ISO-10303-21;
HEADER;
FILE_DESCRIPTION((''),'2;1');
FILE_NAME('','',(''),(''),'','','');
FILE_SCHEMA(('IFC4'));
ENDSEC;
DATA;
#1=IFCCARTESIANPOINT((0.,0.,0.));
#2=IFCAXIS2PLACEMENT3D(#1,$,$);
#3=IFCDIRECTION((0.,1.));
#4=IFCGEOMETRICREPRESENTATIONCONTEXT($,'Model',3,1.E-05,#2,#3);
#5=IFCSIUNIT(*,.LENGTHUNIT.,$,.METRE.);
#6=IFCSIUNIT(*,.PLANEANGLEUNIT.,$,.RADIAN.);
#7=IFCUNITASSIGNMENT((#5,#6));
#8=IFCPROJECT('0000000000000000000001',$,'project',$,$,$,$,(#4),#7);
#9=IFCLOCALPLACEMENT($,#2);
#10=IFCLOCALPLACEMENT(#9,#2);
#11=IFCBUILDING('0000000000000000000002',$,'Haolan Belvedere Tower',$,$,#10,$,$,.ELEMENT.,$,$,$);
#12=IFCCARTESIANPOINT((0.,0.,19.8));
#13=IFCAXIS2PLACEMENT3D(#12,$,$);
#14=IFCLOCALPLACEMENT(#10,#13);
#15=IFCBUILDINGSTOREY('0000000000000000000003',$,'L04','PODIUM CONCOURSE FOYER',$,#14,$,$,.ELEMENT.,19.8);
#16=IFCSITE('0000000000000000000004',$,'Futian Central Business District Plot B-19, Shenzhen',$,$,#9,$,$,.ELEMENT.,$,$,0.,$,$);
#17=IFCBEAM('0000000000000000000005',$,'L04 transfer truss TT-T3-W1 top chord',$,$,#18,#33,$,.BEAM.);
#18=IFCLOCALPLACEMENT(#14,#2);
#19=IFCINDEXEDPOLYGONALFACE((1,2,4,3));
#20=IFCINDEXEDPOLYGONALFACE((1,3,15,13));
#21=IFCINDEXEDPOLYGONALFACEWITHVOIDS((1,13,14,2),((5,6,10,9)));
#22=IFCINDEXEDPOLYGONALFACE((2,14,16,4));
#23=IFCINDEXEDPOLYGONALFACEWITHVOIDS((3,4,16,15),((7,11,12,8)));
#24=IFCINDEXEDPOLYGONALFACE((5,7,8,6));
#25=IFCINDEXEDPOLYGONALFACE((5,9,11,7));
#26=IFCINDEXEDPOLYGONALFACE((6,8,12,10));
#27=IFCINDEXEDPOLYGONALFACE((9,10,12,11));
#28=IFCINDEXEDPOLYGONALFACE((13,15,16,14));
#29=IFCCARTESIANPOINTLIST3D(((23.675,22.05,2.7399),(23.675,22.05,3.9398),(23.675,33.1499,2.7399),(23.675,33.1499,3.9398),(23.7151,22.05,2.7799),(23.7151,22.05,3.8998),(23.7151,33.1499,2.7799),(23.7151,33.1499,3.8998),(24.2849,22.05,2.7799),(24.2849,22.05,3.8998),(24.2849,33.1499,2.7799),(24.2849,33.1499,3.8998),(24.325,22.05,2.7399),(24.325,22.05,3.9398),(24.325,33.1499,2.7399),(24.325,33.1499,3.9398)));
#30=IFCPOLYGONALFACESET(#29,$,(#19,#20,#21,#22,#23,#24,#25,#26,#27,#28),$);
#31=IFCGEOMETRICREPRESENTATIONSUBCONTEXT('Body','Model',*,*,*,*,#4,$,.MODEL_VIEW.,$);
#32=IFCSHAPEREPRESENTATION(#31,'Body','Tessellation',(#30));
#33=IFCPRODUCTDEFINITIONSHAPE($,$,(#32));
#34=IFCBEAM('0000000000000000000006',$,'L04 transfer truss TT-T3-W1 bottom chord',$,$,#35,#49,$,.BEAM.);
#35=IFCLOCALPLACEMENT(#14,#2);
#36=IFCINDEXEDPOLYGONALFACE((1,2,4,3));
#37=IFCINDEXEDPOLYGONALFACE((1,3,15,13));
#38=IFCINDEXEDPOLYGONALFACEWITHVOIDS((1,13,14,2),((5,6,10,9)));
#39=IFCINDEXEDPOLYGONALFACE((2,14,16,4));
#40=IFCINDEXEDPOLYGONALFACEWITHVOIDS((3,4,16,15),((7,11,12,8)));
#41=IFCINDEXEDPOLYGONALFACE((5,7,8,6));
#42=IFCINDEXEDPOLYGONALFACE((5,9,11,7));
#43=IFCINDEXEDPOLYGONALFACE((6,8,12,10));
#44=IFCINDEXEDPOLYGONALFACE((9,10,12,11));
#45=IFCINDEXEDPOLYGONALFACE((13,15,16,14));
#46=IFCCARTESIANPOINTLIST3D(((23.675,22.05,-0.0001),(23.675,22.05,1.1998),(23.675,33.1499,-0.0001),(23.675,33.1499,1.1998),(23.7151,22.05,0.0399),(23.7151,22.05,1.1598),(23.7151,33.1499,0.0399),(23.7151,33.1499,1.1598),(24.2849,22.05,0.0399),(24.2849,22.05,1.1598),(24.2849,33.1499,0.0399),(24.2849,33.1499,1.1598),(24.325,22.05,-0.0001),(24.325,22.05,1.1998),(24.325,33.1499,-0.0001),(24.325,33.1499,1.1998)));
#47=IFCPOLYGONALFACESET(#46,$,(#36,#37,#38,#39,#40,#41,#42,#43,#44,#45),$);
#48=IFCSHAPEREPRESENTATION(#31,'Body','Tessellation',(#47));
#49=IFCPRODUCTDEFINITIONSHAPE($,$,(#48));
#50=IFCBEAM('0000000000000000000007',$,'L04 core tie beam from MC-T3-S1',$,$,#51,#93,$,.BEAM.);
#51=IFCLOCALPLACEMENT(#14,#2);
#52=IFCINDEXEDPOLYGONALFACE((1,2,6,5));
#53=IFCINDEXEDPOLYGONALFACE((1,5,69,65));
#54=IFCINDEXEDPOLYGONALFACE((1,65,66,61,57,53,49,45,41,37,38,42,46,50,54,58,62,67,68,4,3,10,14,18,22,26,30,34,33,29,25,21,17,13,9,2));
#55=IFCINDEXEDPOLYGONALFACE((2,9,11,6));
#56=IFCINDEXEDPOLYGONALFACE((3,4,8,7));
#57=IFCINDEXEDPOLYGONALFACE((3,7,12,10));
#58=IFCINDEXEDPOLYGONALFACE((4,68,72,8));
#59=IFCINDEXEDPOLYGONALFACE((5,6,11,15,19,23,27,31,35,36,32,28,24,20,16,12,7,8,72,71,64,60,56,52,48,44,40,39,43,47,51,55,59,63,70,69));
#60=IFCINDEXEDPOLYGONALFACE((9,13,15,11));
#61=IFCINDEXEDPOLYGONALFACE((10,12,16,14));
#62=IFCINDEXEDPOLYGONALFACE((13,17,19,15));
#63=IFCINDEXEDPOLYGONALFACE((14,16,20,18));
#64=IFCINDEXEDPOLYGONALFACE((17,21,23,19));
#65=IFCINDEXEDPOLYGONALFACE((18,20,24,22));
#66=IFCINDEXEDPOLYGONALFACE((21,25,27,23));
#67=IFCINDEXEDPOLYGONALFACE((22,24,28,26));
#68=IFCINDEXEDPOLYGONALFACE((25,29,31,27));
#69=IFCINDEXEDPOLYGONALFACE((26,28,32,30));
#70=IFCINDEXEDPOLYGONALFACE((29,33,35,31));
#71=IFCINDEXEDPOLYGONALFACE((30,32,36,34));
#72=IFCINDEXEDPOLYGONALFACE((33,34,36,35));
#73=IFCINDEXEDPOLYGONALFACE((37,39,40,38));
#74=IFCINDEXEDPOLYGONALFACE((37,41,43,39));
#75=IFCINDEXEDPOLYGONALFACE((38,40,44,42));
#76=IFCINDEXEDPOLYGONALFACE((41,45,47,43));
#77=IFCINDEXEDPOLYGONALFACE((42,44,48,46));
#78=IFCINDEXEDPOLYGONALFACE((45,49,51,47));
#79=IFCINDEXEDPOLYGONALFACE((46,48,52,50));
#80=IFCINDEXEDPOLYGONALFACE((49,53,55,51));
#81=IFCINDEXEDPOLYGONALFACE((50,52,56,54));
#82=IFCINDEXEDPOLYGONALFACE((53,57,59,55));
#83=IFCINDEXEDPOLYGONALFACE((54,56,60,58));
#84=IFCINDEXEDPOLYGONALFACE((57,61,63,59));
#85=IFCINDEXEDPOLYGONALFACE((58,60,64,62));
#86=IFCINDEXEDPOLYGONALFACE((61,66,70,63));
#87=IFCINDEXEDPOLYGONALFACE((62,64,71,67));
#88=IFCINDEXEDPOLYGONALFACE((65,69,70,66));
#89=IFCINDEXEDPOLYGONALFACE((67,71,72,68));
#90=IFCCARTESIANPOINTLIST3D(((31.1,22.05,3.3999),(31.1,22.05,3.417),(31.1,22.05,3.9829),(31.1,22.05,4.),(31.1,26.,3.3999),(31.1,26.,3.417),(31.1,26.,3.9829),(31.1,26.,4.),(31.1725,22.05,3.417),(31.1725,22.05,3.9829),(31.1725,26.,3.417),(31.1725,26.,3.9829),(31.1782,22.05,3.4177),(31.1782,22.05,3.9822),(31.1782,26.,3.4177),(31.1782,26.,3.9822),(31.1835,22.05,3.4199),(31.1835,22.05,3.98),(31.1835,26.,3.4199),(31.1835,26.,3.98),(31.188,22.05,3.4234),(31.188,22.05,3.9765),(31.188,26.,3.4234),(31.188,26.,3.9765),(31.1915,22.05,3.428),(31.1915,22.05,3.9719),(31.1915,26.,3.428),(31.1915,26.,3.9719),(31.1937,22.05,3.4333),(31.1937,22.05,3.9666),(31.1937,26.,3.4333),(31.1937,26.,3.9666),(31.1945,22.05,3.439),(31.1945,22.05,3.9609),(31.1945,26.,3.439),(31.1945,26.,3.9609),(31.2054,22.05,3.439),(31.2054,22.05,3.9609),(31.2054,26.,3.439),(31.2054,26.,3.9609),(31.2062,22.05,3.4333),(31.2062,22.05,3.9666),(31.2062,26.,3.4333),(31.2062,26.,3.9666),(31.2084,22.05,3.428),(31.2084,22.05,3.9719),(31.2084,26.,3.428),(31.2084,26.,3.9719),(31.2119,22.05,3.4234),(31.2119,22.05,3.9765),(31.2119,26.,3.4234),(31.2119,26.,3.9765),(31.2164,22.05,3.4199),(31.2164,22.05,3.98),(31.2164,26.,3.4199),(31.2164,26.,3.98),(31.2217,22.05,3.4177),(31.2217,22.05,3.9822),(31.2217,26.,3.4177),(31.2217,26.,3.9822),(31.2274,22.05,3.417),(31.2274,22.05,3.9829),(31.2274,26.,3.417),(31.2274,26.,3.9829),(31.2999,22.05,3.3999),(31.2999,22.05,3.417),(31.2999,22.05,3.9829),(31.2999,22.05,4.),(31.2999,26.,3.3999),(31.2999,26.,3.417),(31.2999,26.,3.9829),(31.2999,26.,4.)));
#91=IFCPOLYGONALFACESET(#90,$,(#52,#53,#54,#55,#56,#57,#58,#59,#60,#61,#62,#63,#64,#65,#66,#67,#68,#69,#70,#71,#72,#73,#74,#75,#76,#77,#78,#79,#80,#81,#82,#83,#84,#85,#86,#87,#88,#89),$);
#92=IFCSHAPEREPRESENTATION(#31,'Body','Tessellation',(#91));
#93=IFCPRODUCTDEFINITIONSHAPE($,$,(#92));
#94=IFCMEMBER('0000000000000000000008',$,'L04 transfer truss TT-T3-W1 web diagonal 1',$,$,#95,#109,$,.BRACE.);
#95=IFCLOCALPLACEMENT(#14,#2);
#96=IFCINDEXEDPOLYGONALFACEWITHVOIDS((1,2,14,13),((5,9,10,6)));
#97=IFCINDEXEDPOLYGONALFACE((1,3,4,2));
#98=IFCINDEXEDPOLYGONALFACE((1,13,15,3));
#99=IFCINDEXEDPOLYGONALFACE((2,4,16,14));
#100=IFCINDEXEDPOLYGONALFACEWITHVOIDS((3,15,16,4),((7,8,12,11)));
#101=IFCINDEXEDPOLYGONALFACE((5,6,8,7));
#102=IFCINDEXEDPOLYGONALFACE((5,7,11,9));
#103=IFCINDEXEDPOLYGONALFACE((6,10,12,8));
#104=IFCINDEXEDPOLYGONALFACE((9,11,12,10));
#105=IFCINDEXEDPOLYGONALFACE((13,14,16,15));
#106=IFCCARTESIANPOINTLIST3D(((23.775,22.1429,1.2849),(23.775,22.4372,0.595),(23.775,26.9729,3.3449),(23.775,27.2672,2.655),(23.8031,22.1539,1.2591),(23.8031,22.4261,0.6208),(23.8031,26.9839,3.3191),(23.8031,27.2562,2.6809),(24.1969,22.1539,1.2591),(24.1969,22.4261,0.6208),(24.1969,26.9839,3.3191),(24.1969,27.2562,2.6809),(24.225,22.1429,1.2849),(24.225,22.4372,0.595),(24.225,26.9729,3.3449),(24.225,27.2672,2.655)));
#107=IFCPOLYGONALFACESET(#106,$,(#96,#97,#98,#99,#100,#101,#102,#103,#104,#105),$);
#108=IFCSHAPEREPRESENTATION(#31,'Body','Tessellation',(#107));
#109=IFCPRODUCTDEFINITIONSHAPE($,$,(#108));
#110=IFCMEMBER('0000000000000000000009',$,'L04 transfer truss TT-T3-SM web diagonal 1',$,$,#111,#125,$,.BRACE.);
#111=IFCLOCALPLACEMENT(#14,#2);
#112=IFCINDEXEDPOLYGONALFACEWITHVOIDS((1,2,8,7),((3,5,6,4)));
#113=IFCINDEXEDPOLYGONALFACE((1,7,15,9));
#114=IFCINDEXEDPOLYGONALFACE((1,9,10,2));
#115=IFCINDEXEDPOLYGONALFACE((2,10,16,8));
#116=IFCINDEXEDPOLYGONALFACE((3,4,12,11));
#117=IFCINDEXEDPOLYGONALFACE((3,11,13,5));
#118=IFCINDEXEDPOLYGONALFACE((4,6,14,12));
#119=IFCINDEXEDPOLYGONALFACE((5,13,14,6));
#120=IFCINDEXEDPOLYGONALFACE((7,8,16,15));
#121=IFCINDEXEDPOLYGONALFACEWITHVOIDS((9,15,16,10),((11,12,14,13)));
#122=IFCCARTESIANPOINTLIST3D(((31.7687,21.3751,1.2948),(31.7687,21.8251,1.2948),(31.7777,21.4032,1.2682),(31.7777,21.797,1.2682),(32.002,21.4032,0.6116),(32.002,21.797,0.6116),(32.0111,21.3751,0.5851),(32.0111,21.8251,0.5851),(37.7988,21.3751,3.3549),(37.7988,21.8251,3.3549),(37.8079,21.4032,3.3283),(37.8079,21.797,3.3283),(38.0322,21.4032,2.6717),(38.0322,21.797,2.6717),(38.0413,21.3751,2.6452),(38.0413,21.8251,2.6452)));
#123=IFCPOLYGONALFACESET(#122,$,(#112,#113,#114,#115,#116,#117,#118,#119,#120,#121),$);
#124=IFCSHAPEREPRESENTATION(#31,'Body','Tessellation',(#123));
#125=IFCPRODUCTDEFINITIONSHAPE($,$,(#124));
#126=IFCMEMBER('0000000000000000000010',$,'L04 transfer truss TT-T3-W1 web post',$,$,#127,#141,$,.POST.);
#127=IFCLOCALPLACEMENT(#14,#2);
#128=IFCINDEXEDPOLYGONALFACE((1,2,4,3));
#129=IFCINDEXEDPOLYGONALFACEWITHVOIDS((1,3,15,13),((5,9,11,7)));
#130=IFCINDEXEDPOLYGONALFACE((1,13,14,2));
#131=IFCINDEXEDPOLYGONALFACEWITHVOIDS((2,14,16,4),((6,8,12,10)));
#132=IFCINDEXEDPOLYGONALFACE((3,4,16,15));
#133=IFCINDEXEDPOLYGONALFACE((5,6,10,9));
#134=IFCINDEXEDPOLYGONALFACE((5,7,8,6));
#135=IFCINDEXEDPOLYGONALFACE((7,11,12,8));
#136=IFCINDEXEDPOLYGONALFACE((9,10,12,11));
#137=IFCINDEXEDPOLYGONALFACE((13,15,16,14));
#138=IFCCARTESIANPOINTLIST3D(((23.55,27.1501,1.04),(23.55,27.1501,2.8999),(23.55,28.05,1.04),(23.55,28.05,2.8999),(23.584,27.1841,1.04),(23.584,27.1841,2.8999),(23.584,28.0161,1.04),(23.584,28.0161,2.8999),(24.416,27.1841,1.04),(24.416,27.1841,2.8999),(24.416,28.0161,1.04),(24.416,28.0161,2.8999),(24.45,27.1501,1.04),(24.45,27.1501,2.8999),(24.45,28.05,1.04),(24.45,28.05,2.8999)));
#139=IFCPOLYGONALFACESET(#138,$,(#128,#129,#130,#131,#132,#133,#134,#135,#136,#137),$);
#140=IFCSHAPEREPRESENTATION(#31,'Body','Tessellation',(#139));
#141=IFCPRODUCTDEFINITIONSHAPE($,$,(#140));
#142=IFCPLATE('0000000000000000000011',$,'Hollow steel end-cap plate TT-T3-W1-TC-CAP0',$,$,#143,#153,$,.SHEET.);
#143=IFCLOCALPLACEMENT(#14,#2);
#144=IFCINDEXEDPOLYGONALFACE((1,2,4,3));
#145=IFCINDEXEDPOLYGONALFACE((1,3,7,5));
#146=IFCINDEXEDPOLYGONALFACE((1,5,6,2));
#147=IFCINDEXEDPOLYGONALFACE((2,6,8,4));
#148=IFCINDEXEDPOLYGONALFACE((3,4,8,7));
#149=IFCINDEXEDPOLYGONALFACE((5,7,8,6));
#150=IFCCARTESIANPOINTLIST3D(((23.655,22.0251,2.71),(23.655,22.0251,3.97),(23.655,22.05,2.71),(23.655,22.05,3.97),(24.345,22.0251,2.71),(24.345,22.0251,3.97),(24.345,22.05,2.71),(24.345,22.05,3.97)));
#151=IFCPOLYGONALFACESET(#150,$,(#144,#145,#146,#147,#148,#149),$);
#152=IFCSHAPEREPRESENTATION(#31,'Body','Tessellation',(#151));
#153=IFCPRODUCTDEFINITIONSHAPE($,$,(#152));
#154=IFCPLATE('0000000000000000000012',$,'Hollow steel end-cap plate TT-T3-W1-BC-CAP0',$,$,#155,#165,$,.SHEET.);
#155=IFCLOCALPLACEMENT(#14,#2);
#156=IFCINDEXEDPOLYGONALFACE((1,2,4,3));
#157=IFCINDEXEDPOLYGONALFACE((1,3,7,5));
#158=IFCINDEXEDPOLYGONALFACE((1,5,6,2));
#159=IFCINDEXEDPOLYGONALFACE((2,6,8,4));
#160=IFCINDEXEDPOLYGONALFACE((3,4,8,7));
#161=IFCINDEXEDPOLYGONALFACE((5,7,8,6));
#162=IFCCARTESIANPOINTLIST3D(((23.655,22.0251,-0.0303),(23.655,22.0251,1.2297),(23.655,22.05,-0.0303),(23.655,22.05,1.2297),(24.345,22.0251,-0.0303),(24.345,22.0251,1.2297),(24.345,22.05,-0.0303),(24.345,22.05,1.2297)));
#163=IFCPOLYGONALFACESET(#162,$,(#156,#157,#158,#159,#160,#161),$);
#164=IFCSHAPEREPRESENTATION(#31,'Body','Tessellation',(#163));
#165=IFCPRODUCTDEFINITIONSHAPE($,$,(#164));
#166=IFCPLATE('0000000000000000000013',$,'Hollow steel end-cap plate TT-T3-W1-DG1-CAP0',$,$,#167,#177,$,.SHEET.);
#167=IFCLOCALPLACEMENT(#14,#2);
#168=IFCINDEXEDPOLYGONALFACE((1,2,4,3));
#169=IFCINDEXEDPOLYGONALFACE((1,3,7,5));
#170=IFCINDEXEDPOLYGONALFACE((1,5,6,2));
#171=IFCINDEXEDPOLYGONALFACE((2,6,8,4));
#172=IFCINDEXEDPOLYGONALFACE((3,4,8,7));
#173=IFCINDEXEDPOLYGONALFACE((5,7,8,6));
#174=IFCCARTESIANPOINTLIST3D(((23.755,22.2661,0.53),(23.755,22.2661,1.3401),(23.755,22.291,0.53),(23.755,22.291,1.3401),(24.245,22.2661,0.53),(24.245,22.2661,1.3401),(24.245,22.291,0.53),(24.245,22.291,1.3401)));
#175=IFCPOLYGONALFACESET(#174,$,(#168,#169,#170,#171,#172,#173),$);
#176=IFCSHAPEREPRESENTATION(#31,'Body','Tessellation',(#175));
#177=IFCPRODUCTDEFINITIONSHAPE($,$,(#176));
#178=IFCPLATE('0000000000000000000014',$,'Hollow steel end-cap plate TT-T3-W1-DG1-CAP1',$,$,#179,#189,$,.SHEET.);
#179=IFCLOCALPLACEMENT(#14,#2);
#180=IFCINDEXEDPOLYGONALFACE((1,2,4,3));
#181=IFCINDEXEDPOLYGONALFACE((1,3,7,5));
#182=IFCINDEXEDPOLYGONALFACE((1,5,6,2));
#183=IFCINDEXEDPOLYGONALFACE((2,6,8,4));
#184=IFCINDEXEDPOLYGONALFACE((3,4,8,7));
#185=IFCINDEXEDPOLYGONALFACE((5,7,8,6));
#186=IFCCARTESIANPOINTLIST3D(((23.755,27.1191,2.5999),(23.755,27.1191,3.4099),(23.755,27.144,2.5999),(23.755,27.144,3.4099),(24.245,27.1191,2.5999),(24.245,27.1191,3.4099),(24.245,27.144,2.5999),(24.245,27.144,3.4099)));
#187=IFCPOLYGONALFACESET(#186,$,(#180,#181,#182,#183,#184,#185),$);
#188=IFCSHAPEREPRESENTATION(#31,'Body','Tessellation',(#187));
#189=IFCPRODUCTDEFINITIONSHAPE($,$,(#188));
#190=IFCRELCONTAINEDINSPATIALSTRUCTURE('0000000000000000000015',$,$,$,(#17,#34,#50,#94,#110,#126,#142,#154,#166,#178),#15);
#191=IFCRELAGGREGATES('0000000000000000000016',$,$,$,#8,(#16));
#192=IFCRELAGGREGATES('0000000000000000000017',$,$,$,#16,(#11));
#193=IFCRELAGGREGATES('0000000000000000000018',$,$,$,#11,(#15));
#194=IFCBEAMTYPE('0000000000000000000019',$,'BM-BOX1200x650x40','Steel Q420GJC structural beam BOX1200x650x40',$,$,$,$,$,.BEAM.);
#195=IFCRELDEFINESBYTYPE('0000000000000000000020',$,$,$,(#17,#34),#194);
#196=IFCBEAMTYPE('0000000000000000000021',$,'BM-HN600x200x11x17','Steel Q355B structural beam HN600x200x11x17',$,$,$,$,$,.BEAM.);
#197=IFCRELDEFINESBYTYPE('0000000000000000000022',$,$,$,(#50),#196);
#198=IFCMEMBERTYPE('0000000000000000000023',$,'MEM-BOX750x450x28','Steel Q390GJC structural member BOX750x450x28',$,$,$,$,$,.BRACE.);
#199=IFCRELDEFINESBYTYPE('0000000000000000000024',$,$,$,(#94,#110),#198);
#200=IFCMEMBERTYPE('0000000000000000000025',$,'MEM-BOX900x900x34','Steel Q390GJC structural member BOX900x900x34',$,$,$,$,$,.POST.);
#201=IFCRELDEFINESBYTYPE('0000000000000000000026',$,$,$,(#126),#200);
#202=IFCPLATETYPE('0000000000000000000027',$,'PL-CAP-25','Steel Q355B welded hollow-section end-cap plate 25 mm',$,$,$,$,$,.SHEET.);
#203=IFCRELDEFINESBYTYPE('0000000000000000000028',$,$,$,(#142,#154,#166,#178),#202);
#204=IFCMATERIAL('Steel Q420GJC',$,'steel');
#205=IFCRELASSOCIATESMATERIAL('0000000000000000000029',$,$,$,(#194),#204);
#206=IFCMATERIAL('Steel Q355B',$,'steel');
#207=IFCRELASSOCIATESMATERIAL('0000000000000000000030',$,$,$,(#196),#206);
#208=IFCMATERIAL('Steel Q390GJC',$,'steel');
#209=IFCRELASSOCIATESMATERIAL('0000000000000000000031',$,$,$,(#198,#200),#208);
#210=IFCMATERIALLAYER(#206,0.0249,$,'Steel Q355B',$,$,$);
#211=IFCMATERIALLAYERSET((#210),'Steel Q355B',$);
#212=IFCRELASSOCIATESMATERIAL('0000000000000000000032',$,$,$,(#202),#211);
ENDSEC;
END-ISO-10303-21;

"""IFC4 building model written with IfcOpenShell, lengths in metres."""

from ifc_helpers import new_model, si_unit, direction, frame, origin, origin_2d, place, context, subcontext, project, spatial, rectangle, hollow_rectangle, i_section, extrude, material, layer, layer_set, material_profile, profile_set, type_object, element, save


model = new_model("IFC4")

# Units and contexts
model_context = context("Model", 3, precision=1e-05, world=origin(), true_north=direction((0.0, 1.0)))
body_context = subcontext(model_context, "Body", "Model", "MODEL_VIEW")
ifc_project = project(units=[si_unit("LENGTHUNIT", "METRE"), si_unit("PLANEANGLEUNIT", "RADIAN")], contexts=[model_context])

# Site, building, storey
site_placement = place(None, origin())
site = spatial("IfcSite", under=ifc_project, at=site_placement, Name="Futian Central Business District Plot B-19, Shenzhen", CompositionType="ELEMENT", RefElevation=0.0)
building_placement = place(site_placement, origin())
building = spatial("IfcBuilding", under=site, at=building_placement, Name="Haolan Belvedere Tower", CompositionType="ELEMENT")
storey_placement = place(building_placement, frame((0.0, 0.0, 19.8)))
storey = spatial("IfcBuildingStorey", under=building, at=storey_placement, Name="L04", Description="PODIUM CONCOURSE FOYER", CompositionType="ELEMENT", Elevation=19.8)

# Beams
ifc_material_1 = material(Name="Steel Q420GJC", Category="steel")
ifc_material_profile_1 = material_profile(ifc_material_1, hollow_rectangle(XDim=0.6499, YDim=1.2, WallThickness=0.04, at=origin_2d()), Name="Steel Q420GJC")
ifc_profile_set_1 = profile_set([ifc_material_profile_1], Name="Steel Q420GJC")
beam_type_1 = type_object("IfcBeamType", Name="BM-BOX1200x650x40", Description="Steel Q420GJC structural beam BOX1200x650x40", PredefinedType="BEAM", material=ifc_profile_set_1)
for number, where, z_axis, x_axis, name in (
    (1, (24.0, 22.05, 3.3398), (0.0, 1.0, 0.0), (-1.0, 0.0, 0.0), "L04 transfer truss TT-T3-W1 top chord"),
    (2, (24.0, 22.05, 0.5999), (0.0, 1.0, 0.0), (-1.0, 0.0, 0.0), "L04 transfer truss TT-T3-W1 bottom chord"),
):
    element("IfcBeam", number, at=place(storey_placement, frame(where, z_axis=z_axis, x_axis=x_axis)), inside=storey, type_object=beam_type_1, Name=name, PredefinedType="BEAM", context=body_context, shape_type="SweptSolid", body=[
        extrude(hollow_rectangle(XDim=0.6499, YDim=1.2, WallThickness=0.04, at=origin_2d()), origin(), (0.0, 0.0, 1.0), 11.0999),
    ])
ifc_material_2 = material(Name="Steel Q355B", Category="steel")
ifc_material_profile_2 = material_profile(ifc_material_2, i_section(OverallWidth=0.2, OverallDepth=0.6001, WebThickness=0.011, FlangeThickness=0.0171, FilletRadius=0.022, at=origin_2d()), Name="Steel Q355B")
ifc_profile_set_2 = profile_set([ifc_material_profile_2], Name="Steel Q355B")
beam_type_2 = type_object("IfcBeamType", Name="BM-HN600x200x11x17", Description="Steel Q355B structural beam HN600x200x11x17", PredefinedType="BEAM", material=ifc_profile_set_2)
beam_placement = place(storey_placement, frame((31.2, 22.05, 3.7), z_axis=(0.0, 1.0, 0.0), x_axis=(-1.0, 0.0, 0.0)))
element("IfcBeam", 3, at=beam_placement, inside=storey, type_object=beam_type_2, Name="L04 core tie beam from MC-T3-S1", PredefinedType="BEAM", context=body_context, shape_type="SweptSolid", body=[
    extrude(i_section(OverallWidth=0.2, OverallDepth=0.6001, WebThickness=0.011, FlangeThickness=0.0171, FilletRadius=0.022, at=origin_2d()), origin(), (0.0, 0.0, 1.0), 3.95),
])

# Members
ifc_material_3 = material(Name="Steel Q390GJC", Category="steel")
ifc_material_profile_3 = material_profile(ifc_material_3, hollow_rectangle(XDim=0.45, YDim=0.75, WallThickness=0.0281, at=origin_2d()), Name="Steel Q390GJC")
ifc_profile_set_3 = profile_set([ifc_material_profile_3], Name="Steel Q390GJC")
member_type_1 = type_object("IfcMemberType", Name="MEM-BOX750x450x28", Description="Steel Q390GJC structural member BOX750x450x28", PredefinedType="BRACE", material=ifc_profile_set_3)
member_1_placement = place(storey_placement, frame((24.0, 22.29, 0.9399), z_axis=(0.0, 0.919831, 0.392314), x_axis=(-1.0, 0.0, 0.0)))
element("IfcMember", 4, at=member_1_placement, inside=storey, type_object=member_type_1, Name="L04 transfer truss TT-T3-W1 web diagonal 1", PredefinedType="BRACE", context=body_context, shape_type="SweptSolid", body=[
    extrude(hollow_rectangle(XDim=0.45, YDim=0.75, WallThickness=0.0281, at=origin_2d()), origin(), (0.0, 0.0, 1.0), 5.251),
])
member_2_placement = place(storey_placement, frame((31.8899, 21.6001, 0.9399), z_axis=(0.946301, 0.0, 0.323288), x_axis=(0.0, 1.0, 0.0)))
element("IfcMember", 5, at=member_2_placement, inside=storey, type_object=member_type_1, Name="L04 transfer truss TT-T3-SM web diagonal 1", PredefinedType="BRACE", context=body_context, shape_type="SweptSolid", body=[
    extrude(hollow_rectangle(XDim=0.45, YDim=0.75, WallThickness=0.0281, at=origin_2d()), origin(), (0.0, 0.0, 1.0), 6.3723),
])
ifc_material_profile_4 = material_profile(ifc_material_3, hollow_rectangle(XDim=0.8999, YDim=0.8999, WallThickness=0.0339, at=origin_2d()), Name="Steel Q390GJC")
ifc_profile_set_4 = profile_set([ifc_material_profile_4], Name="Steel Q390GJC")
member_type_2 = type_object("IfcMemberType", Name="MEM-BOX900x900x34", Description="Steel Q390GJC structural member BOX900x900x34", PredefinedType="POST", material=ifc_profile_set_4)
member_3_placement = place(storey_placement, frame((24.0, 27.6001, 1.04), z_axis=(0.0, 0.0, 1.0), x_axis=(1.0, 0.0, 0.0)))
element("IfcMember", 6, at=member_3_placement, inside=storey, type_object=member_type_2, Name="L04 transfer truss TT-T3-W1 web post", PredefinedType="POST", context=body_context, shape_type="SweptSolid", body=[
    extrude(hollow_rectangle(XDim=0.8999, YDim=0.8999, WallThickness=0.0339, at=origin_2d()), origin(), (0.0, 0.0, 1.0), 1.8599),
])

# Plates
ifc_layer_1 = layer(ifc_material_2, 0.0249, Name="Steel Q355B")
ifc_layer_set_1 = layer_set([ifc_layer_1], Name="Steel Q355B")
plate_type_1 = type_object("IfcPlateType", Name="PL-CAP-25", Description="Steel Q355B welded hollow-section end-cap plate 25 mm", PredefinedType="SHEET", material=ifc_layer_set_1)
for number, where, z_axis, x_axis, name in (
    (7, (24.0, 22.0376, 2.71), (0.0, 0.0, 1.0), (1.0, 0.0, 0.0), "Hollow steel end-cap plate TT-T3-W1-TC-CAP0"),
    (8, (24.0, 22.0376, -0.0303), (0.0, 0.0, 1.0), (1.0, 0.0, 0.0), "Hollow steel end-cap plate TT-T3-W1-BC-CAP0"),
):
    element("IfcPlate", number, at=place(storey_placement, frame(where, z_axis=z_axis, x_axis=x_axis)), inside=storey, type_object=plate_type_1, Name=name, PredefinedType="SHEET", context=body_context, shape_type="SweptSolid", body=[
        extrude(rectangle(XDim=0.6899, YDim=0.0249, at=origin_2d()), origin(), (0.0, 0.0, 1.0), 1.26),
    ])
for number, where, z_axis, x_axis, name in (
    (9, (24.0, 22.2786, 0.53), (0.0, 0.0, 1.0), (1.0, 0.0, 0.0), "Hollow steel end-cap plate TT-T3-W1-DG1-CAP0"),
    (10, (24.0, 27.1316, 2.5999), (0.0, 0.0, 1.0), (-1.0, 0.0, 0.0), "Hollow steel end-cap plate TT-T3-W1-DG1-CAP1"),
):
    element("IfcPlate", number, at=place(storey_placement, frame(where, z_axis=z_axis, x_axis=x_axis)), inside=storey, type_object=plate_type_1, Name=name, PredefinedType="SHEET", context=body_context, shape_type="SweptSolid", body=[
        extrude(rectangle(XDim=0.49, YDim=0.0249, at=origin_2d()), origin(), (0.0, 0.0, 1.0), 0.8101),
    ])

save(model, "model.ifc")
